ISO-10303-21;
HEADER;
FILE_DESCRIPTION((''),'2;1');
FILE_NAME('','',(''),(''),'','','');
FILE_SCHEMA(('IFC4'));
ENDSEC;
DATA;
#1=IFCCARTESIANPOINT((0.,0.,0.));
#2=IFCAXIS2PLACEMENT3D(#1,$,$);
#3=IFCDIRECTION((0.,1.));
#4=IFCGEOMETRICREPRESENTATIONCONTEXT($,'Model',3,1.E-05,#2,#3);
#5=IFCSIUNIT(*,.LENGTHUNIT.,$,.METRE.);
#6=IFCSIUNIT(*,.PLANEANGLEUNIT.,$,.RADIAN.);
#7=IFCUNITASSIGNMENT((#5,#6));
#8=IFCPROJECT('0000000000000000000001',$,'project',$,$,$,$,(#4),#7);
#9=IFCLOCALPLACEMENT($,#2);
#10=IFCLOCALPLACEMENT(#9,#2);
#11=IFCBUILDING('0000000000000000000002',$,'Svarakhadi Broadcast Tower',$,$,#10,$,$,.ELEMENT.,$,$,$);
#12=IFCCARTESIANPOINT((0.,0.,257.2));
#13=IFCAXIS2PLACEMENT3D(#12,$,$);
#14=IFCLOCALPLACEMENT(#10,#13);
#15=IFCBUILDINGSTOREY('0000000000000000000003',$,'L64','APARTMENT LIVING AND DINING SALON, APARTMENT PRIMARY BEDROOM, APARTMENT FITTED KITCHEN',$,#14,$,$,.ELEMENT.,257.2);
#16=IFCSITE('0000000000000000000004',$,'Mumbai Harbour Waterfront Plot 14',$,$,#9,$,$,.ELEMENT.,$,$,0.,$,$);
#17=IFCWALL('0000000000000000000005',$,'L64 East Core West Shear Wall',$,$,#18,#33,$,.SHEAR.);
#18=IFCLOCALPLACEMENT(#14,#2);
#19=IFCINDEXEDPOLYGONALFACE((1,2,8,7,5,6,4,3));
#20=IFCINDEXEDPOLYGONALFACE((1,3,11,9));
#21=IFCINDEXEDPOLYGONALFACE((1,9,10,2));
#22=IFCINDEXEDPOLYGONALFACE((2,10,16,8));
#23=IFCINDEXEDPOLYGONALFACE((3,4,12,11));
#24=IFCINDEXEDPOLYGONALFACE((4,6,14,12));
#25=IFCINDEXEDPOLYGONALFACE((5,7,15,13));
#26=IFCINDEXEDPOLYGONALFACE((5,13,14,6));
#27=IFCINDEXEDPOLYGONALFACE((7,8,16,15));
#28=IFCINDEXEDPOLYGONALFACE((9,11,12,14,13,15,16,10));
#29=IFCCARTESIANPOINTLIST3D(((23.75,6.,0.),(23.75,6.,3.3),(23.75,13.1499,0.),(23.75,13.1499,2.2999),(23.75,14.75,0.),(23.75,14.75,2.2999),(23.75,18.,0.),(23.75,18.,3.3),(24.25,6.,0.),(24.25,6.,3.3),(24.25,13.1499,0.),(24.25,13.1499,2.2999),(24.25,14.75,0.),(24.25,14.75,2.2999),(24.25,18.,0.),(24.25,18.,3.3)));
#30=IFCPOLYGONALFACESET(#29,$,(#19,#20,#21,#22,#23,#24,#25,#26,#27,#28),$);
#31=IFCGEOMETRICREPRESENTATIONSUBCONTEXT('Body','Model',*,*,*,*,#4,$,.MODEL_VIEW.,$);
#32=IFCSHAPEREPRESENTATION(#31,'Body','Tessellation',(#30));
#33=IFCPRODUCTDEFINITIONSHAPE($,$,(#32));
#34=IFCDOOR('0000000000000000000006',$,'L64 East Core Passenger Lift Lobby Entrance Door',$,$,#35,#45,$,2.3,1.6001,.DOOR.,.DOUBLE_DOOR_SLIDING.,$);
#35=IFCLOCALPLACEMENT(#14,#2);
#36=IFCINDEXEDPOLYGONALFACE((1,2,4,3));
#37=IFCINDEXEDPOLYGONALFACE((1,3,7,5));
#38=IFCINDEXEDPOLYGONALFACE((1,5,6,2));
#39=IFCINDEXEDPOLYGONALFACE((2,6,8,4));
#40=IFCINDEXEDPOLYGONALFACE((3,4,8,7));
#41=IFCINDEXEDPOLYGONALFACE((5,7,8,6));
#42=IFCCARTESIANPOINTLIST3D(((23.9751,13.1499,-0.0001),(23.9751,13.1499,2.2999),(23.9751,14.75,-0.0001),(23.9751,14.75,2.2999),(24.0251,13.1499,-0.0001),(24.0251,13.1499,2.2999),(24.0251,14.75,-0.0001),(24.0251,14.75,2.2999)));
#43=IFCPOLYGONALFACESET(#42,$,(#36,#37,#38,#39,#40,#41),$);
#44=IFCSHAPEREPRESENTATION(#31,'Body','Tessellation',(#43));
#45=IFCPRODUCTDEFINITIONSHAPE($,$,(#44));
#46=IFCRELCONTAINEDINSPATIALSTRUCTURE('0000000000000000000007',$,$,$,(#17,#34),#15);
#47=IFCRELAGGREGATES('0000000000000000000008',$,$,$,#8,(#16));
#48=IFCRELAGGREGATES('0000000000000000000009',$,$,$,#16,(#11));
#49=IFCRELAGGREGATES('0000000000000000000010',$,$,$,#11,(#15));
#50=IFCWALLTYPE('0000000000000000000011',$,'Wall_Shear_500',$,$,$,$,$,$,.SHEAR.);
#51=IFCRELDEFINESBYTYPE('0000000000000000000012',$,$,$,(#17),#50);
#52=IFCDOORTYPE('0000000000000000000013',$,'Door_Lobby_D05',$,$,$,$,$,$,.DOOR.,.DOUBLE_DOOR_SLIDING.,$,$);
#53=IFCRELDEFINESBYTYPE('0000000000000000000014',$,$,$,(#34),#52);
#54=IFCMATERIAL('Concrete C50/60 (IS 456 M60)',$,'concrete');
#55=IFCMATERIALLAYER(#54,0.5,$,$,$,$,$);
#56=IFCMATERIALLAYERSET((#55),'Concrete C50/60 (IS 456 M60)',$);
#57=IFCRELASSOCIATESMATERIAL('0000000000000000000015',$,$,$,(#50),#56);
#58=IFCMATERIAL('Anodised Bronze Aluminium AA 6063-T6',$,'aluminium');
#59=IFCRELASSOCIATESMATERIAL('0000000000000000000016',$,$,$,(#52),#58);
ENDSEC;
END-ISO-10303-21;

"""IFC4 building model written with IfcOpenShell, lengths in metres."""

from ifc_helpers import new_model, si_unit, direction, frame, frame_2d, origin, place, context, subcontext, project, spatial, rectangle, extrude, material, layer, layer_set, type_object, element, fill, save


model = new_model("IFC4")

# Units and contexts
model_context = context("Model", 3, precision=1e-05, world=origin(), true_north=direction((0.0, 1.0)))
body_context = subcontext(model_context, "Body", "Model", "MODEL_VIEW")
ifc_project = project(units=[si_unit("LENGTHUNIT", "METRE"), si_unit("PLANEANGLEUNIT", "RADIAN")], contexts=[model_context])

# Site, building, storey
site_placement = place(None, origin())
site = spatial("IfcSite", under=ifc_project, at=site_placement, Name="Mumbai Harbour Waterfront Plot 14", CompositionType="ELEMENT", RefElevation=0.0)
building_placement = place(site_placement, origin())
building = spatial("IfcBuilding", under=site, at=building_placement, Name="Svarakhadi Broadcast Tower", CompositionType="ELEMENT")
storey_placement = place(building_placement, frame((0.0, 0.0, 257.2)))
storey = spatial("IfcBuildingStorey", under=building, at=storey_placement, Name="L64", Description="APARTMENT LIVING AND DINING SALON, APARTMENT PRIMARY BEDROOM, APARTMENT FITTED KITCHEN", CompositionType="ELEMENT", Elevation=257.2)

# Shared definitions
ifc_material_1 = material(Name="Concrete C50/60 (IS 456 M60)", Category="concrete")

# Shared definitions
ifc_layer_1 = layer(ifc_material_1, 0.5)
ifc_layer_set_1 = layer_set([ifc_layer_1], Name="Concrete C50/60 (IS 456 M60)")
wall_type_1 = type_object("IfcWallType", Name="Wall_Shear_500", PredefinedType="SHEAR", material=ifc_layer_set_1)

# Wall, opening, door
wall_1_placement = place(storey_placement, frame((24.0, 6.0, 0.0), z_axis=(0.0, 0.0, 1.0), x_axis=(0.0, 1.0, 0.0)))
wall_1 = element("IfcWall", 1, at=wall_1_placement, inside=storey, type_object=wall_type_1, Name="L64 East Core West Shear Wall", PredefinedType="SHEAR", context=body_context, shape_type="SweptSolid", body=[
    extrude(rectangle(XDim=12.0, YDim=0.5, at=frame_2d((6.0, 0.0))), origin(), (0.0, 0.0, 1.0), 3.3),
])
opening_1_placement = place(wall_1_placement, frame((7.1499, 0.0, 0.0)))
opening_1 = element("IfcOpeningElement", 2, at=opening_1_placement, cuts=wall_1, PredefinedType="OPENING", context=body_context, shape_type="SweptSolid", body=[
    extrude(rectangle(XDim=1.6001, YDim=2.3, at=frame_2d((0.8, 1.1499))), frame((0.0, 0.26, 0.0), z_axis=(0.0, -1.0, 0.0), x_axis=(1.0, 0.0, 0.0)), (0.0, 0.0, 1.0), 0.52),
])
ifc_material_2 = material(Name="Anodised Bronze Aluminium AA 6063-T6", Category="aluminium")
door_type_1 = type_object("IfcDoorType", Name="Door_Lobby_D05", OperationType="DOUBLE_DOOR_SLIDING", PredefinedType="DOOR", material=ifc_material_2)
door_1_placement = place(opening_1_placement, origin())
door_1 = element("IfcDoor", 3, at=door_1_placement, inside=storey, type_object=door_type_1, Name="L64 East Core Passenger Lift Lobby Entrance Door", OperationType="DOUBLE_DOOR_SLIDING", OverallHeight=2.3, OverallWidth=1.6001, PredefinedType="DOOR", context=body_context, shape_type="SweptSolid", body=[
    extrude(rectangle(XDim=1.6001, YDim=2.3, at=frame_2d((0.8, 1.1499))), frame((0.0, 0.0249, 0.0), z_axis=(0.0, -1.0, 0.0), x_axis=(1.0, 0.0, 0.0)), (0.0, 0.0, 1.0), 0.05),
])
fill(opening_1, door_1)

save(model, "model.ifc")
